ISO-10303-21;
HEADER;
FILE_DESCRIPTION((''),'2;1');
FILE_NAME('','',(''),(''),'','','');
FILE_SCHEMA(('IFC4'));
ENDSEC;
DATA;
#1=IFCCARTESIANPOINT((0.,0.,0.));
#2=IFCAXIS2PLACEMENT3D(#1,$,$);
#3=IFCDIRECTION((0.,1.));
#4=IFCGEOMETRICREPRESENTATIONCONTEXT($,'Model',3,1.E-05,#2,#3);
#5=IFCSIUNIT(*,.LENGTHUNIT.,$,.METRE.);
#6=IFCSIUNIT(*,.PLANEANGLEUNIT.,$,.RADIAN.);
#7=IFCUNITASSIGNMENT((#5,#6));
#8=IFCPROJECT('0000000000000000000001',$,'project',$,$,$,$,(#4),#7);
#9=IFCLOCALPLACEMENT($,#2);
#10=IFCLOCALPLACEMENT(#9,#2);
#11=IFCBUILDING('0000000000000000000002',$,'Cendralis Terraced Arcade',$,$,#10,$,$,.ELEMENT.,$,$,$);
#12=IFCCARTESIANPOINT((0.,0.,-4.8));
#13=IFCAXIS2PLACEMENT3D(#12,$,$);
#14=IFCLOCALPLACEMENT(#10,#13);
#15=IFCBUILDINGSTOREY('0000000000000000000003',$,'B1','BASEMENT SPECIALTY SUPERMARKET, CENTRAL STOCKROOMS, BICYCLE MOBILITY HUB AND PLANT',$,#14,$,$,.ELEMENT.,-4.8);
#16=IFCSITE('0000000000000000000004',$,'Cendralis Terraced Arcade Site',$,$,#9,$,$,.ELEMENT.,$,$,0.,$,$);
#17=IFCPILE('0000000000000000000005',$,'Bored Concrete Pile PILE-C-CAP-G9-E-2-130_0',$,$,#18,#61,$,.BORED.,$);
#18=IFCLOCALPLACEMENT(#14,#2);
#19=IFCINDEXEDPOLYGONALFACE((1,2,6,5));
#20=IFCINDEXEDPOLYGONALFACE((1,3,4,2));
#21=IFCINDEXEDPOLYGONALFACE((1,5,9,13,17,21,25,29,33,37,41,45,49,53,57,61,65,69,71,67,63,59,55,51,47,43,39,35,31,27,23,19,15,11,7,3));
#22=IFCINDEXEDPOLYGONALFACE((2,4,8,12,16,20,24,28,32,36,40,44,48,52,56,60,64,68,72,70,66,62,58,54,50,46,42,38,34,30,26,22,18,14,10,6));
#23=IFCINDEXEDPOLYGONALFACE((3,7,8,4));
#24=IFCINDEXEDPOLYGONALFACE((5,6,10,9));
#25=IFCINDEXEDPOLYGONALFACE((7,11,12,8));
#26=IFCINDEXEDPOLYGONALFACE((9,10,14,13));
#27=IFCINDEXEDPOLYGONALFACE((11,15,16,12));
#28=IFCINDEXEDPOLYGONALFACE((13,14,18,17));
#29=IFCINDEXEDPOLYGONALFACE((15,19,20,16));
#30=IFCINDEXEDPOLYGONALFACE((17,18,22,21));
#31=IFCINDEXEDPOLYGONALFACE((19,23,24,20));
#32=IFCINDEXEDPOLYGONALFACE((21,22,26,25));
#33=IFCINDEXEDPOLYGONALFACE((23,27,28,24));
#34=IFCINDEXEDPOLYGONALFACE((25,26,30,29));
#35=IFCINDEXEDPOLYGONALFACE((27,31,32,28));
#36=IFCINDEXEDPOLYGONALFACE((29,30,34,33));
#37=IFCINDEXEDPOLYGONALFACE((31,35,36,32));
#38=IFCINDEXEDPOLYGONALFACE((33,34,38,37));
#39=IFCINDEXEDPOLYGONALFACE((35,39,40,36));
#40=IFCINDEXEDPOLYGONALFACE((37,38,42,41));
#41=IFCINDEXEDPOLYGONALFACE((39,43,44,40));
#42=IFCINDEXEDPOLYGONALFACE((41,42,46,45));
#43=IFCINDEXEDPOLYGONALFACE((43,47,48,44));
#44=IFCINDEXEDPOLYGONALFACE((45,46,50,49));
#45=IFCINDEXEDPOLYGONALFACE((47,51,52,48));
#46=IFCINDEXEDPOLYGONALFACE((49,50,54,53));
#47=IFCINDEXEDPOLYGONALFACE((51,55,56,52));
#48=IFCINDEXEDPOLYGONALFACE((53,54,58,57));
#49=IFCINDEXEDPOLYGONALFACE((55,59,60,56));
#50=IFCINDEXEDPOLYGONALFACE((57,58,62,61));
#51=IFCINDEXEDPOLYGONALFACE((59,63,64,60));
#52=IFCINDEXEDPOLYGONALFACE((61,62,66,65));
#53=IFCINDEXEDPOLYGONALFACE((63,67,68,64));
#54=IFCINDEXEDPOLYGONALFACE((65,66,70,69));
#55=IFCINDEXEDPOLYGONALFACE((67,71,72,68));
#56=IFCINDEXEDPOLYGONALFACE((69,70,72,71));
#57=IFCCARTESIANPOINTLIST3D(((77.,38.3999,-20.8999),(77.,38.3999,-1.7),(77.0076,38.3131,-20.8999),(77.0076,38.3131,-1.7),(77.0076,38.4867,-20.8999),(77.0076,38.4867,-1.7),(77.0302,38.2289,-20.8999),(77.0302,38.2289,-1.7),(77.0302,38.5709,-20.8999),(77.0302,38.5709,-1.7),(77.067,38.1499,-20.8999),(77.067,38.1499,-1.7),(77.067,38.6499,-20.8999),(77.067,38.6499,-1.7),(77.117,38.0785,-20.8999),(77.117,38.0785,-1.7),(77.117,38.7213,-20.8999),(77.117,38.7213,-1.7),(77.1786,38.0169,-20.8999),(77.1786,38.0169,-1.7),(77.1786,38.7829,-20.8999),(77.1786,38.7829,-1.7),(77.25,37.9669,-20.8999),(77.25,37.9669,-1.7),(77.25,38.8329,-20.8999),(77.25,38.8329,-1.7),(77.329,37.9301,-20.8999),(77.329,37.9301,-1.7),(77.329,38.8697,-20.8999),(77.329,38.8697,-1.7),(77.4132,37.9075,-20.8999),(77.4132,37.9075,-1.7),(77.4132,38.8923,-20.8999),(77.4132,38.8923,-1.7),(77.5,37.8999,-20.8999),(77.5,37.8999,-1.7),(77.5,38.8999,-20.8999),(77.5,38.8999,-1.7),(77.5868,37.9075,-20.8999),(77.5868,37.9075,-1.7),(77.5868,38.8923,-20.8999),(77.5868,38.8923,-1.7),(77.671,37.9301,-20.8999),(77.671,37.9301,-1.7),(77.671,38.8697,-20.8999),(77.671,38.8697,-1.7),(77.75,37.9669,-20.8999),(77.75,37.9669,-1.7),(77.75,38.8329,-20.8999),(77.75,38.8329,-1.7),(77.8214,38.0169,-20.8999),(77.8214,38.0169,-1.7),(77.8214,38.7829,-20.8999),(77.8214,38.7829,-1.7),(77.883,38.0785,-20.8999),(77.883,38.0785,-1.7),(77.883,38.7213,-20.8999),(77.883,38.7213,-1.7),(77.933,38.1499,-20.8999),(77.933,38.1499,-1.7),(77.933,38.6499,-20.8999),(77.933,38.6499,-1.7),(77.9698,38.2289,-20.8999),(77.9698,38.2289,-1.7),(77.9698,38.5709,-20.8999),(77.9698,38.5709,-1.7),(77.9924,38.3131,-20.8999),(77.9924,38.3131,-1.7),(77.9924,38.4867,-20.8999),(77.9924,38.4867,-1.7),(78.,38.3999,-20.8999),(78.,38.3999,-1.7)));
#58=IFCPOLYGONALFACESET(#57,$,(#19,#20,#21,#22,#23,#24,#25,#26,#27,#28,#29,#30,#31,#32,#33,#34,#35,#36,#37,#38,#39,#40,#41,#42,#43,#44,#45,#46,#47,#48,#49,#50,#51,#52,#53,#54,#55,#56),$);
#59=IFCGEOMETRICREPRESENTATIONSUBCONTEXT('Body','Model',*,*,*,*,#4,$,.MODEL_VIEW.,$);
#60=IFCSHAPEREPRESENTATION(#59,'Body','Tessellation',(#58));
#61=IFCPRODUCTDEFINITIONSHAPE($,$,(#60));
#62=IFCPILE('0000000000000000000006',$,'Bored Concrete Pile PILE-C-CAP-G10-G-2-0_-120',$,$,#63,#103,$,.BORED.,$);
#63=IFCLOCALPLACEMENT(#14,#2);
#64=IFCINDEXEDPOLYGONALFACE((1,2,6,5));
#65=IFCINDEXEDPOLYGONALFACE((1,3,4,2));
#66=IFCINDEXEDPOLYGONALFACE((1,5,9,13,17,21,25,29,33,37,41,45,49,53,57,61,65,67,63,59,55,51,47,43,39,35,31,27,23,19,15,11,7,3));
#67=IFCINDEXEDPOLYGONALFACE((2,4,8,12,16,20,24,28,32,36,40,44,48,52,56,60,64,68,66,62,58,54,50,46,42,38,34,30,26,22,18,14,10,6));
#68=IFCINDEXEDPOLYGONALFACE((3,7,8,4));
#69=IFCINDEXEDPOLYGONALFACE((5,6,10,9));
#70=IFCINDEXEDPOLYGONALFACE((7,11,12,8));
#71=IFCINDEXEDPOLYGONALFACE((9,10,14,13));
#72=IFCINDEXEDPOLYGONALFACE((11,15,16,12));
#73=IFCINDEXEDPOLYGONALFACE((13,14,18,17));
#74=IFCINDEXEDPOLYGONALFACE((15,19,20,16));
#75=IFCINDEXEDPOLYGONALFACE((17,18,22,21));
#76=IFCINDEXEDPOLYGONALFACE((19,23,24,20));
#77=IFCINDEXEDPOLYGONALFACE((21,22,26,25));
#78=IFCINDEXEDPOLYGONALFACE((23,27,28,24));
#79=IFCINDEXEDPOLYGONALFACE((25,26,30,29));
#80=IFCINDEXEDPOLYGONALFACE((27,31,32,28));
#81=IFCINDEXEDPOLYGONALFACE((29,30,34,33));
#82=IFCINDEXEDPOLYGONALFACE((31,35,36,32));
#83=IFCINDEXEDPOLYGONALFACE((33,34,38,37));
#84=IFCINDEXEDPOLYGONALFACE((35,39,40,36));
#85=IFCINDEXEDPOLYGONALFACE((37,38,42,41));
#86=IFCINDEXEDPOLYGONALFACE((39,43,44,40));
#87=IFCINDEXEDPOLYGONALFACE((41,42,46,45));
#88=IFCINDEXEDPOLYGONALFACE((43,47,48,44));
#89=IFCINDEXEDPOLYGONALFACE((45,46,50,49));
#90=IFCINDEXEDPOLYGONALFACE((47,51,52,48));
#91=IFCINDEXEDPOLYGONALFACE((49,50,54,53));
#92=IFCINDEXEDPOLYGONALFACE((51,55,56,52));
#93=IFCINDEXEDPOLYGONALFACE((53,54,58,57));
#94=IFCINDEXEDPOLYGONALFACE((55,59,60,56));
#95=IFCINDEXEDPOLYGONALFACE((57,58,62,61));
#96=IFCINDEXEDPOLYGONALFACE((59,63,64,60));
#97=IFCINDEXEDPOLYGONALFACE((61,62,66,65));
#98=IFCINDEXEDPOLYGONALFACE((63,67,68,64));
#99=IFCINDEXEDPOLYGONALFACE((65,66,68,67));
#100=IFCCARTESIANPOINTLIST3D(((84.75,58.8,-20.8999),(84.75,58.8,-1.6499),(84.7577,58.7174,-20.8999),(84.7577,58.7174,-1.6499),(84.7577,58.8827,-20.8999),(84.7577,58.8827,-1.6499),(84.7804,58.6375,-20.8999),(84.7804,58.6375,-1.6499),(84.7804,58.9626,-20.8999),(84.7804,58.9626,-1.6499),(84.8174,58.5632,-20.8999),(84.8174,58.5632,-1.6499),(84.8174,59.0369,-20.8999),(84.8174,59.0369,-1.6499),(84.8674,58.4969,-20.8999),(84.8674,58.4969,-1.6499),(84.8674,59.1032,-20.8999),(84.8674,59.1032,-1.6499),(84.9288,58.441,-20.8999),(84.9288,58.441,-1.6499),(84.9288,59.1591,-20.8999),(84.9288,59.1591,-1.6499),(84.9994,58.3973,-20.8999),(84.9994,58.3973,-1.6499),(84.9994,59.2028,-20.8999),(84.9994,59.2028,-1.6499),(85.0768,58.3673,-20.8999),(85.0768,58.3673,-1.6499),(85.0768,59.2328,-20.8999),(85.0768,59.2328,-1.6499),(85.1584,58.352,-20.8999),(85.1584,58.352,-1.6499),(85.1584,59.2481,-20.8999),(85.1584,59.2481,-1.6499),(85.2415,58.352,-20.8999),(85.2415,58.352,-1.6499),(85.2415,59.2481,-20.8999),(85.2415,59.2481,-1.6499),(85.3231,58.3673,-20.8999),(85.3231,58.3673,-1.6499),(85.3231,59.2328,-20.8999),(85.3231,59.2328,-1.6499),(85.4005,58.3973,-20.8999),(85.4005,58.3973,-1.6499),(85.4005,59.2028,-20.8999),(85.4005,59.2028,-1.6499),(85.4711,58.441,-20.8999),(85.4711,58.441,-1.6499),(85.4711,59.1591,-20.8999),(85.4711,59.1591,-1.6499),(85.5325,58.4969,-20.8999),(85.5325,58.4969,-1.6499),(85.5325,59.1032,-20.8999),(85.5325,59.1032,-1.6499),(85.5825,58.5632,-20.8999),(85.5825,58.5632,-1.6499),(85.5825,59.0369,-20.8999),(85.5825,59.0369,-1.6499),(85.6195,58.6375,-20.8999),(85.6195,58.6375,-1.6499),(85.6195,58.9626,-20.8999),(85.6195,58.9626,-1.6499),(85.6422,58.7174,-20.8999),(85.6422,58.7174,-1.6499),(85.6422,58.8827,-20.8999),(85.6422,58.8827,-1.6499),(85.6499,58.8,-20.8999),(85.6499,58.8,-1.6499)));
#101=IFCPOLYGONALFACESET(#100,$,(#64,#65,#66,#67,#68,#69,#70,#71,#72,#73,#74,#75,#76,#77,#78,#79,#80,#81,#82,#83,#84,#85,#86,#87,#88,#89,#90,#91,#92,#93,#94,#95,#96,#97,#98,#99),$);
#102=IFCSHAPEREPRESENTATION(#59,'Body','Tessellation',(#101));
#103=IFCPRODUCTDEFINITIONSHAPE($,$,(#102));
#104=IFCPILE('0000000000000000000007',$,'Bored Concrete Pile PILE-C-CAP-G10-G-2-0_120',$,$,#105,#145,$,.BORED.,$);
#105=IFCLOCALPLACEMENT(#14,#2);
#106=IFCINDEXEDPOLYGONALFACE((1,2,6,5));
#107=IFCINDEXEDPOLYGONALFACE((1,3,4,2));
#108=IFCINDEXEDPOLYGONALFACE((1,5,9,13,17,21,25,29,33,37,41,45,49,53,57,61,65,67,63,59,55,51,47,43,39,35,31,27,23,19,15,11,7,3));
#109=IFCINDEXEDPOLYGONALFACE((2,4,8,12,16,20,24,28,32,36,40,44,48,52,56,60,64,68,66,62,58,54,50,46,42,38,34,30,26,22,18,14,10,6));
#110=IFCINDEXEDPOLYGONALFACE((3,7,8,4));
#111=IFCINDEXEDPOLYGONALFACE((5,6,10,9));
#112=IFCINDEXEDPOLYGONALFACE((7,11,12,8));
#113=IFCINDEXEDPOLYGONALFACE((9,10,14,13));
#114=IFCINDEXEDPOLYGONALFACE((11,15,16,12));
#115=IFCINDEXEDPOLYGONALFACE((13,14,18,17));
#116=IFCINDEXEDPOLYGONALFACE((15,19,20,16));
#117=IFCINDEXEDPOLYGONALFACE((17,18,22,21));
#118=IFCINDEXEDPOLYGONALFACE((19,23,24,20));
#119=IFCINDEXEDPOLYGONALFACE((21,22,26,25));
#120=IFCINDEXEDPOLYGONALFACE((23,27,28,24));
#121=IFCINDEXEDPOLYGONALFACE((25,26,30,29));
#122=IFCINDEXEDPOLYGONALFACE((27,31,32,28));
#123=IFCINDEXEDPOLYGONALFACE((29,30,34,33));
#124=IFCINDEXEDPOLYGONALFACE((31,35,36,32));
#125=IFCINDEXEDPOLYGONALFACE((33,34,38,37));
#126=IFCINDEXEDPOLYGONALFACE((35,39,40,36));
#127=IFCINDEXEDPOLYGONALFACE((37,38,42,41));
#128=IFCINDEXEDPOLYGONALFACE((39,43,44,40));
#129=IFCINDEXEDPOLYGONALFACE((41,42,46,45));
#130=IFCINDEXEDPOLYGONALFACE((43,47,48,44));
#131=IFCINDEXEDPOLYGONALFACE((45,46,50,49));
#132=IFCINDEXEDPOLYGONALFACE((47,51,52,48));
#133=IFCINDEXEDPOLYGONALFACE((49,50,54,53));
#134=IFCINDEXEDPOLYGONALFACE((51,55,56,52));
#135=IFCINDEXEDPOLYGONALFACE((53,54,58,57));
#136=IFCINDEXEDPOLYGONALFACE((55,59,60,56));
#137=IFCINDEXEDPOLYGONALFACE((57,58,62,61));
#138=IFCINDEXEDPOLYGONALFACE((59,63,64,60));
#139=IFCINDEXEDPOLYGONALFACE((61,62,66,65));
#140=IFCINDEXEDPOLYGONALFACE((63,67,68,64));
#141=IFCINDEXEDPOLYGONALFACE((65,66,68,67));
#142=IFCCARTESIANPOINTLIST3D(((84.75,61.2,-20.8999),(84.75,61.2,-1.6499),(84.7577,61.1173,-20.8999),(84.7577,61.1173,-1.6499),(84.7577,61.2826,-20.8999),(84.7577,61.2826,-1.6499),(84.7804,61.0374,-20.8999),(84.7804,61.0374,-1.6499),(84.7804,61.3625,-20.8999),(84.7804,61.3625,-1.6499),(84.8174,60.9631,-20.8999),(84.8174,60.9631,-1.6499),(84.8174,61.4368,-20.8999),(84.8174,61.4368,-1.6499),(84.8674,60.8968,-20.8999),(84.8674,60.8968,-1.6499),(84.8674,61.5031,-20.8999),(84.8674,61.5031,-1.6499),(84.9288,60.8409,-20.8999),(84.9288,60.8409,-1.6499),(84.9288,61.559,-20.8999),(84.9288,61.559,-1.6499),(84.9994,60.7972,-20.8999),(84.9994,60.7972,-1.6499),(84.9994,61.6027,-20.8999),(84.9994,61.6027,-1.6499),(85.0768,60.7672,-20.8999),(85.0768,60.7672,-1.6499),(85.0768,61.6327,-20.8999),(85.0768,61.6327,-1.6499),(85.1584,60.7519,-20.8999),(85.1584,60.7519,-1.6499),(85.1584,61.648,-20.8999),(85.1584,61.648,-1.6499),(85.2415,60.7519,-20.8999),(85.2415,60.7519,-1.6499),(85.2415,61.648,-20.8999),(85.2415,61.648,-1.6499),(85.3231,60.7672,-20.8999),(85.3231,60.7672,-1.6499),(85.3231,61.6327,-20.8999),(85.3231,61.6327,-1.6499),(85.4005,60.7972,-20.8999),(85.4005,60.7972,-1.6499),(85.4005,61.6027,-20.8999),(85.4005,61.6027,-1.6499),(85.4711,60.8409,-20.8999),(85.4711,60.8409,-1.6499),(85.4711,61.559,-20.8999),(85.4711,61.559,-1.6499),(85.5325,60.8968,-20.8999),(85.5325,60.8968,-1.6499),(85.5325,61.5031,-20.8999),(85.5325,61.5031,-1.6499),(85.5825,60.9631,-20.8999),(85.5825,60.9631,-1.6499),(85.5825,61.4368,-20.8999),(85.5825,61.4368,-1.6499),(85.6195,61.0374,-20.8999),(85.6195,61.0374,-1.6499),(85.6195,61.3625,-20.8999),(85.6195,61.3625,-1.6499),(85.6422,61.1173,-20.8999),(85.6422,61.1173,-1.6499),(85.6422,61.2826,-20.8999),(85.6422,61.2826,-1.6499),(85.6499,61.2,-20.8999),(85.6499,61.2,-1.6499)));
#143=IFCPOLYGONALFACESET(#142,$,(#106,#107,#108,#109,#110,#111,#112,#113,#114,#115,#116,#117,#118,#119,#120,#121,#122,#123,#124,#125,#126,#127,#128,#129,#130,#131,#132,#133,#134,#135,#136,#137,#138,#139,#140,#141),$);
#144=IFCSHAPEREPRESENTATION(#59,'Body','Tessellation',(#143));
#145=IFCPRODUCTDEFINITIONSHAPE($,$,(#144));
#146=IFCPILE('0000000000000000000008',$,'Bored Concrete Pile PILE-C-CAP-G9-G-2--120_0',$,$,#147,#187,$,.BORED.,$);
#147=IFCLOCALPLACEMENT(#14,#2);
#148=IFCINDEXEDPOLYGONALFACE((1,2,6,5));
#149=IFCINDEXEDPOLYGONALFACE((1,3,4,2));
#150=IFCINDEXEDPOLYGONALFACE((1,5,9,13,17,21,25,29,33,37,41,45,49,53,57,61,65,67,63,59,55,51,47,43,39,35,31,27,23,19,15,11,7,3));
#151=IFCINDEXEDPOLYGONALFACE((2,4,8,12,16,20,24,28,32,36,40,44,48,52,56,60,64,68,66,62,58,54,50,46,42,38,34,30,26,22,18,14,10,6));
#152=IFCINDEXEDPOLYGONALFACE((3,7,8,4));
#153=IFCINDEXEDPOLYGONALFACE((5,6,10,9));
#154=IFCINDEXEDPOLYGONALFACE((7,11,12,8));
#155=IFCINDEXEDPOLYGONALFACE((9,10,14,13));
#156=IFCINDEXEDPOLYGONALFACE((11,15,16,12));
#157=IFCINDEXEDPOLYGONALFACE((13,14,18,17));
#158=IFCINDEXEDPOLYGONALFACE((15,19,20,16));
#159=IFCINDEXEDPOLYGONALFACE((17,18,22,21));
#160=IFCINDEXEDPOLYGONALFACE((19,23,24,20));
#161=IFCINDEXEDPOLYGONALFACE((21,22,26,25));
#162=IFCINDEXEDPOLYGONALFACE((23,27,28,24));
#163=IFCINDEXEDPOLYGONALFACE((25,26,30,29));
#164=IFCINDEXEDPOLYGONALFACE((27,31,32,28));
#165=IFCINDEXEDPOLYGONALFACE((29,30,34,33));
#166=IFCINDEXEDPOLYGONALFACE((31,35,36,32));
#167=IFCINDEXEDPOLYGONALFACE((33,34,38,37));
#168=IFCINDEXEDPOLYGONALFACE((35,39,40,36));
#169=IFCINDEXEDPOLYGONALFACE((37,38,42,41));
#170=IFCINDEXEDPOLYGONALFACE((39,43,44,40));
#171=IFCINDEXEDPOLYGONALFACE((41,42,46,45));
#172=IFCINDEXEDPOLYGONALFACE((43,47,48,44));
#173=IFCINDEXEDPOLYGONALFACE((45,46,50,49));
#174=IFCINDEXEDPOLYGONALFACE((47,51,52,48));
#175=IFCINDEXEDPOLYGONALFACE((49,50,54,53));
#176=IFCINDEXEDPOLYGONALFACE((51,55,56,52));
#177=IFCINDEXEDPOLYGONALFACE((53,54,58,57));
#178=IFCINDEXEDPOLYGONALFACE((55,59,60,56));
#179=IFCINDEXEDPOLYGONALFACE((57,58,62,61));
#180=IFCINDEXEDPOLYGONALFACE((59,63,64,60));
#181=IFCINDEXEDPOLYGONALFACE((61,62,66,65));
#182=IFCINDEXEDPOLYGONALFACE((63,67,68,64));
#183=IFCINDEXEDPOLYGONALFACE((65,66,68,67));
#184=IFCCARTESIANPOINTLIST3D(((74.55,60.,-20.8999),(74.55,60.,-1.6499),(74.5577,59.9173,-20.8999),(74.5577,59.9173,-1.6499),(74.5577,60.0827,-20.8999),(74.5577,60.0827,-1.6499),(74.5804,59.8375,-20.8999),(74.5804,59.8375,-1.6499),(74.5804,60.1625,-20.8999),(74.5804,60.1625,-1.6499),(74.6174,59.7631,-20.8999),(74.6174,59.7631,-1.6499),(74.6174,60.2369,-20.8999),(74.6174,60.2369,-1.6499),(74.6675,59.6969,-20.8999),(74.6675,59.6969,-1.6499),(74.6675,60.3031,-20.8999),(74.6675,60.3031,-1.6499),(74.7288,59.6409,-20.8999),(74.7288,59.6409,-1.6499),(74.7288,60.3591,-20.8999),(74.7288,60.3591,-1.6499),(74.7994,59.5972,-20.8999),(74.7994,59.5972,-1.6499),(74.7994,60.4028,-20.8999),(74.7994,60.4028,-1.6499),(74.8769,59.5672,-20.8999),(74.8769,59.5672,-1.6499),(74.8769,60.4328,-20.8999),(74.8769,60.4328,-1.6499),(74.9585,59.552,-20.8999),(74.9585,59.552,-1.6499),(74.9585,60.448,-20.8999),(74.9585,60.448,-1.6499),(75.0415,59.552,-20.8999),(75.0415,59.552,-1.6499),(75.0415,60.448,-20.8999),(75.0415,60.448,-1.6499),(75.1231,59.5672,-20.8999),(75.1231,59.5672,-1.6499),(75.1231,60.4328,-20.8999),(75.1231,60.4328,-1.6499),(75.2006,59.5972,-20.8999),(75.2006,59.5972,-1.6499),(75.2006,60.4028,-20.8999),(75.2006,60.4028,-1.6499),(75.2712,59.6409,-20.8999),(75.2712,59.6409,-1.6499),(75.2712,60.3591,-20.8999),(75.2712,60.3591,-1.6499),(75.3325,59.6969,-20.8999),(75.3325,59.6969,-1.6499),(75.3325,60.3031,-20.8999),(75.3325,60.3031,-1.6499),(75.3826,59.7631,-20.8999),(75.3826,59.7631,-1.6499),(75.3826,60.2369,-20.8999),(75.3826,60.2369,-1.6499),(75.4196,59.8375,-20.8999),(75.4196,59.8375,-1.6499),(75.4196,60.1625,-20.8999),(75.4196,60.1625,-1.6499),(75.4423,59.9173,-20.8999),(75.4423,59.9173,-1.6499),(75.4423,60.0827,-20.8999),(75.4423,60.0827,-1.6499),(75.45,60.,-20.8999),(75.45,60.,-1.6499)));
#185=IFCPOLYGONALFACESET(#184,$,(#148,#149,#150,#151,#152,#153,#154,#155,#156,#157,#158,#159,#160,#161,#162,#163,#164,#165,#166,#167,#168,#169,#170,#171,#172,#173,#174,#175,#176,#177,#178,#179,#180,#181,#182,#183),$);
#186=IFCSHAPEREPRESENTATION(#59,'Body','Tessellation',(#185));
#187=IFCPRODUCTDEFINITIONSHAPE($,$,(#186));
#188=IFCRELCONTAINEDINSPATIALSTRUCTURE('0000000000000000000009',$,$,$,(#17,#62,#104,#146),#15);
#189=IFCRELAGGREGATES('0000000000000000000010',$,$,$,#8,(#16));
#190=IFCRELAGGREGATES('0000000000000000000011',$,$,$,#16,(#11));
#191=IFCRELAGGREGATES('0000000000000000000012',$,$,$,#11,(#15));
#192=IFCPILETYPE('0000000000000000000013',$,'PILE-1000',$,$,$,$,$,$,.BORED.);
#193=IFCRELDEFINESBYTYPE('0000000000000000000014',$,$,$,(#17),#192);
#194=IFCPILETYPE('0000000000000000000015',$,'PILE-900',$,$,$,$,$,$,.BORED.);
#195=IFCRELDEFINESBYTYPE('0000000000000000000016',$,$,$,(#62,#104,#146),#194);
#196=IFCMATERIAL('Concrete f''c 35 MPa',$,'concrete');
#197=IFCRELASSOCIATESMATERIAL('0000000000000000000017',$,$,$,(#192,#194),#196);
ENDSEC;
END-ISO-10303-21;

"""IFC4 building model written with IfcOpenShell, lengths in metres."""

from ifc_helpers import new_model, si_unit, direction, frame, origin, origin_2d, place, context, subcontext, project, spatial, circle, extrude, material, material_profile, profile_set, type_object, element, save


model = new_model("IFC4")

# Units and contexts
model_context = context("Model", 3, precision=1e-05, world=origin(), true_north=direction((0.0, 1.0)))
body_context = subcontext(model_context, "Body", "Model", "MODEL_VIEW")
ifc_project = project(units=[si_unit("LENGTHUNIT", "METRE"), si_unit("PLANEANGLEUNIT", "RADIAN")], contexts=[model_context])

# Site, building, storey
site_placement = place(None, origin())
site = spatial("IfcSite", under=ifc_project, at=site_placement, Name="Cendralis Terraced Arcade Site", CompositionType="ELEMENT", RefElevation=0.0)
building_placement = place(site_placement, origin())
building = spatial("IfcBuilding", under=site, at=building_placement, Name="Cendralis Terraced Arcade", CompositionType="ELEMENT")
storey_placement = place(building_placement, frame((0.0, 0.0, -4.8)))
storey = spatial("IfcBuildingStorey", under=building, at=storey_placement, Name="B1", Description="BASEMENT SPECIALTY SUPERMARKET, CENTRAL STOCKROOMS, BICYCLE MOBILITY HUB AND PLANT", CompositionType="ELEMENT", Elevation=-4.8)

# Shared definitions
ifc_material_1 = material(Name="Concrete f'c 35 MPa", Category="concrete")

# Piles
ifc_material_profile_1 = material_profile(ifc_material_1, circle(Radius=0.5, at=origin_2d()), Name="PILE-D1000", Category="LoadBearing")
ifc_profile_set_1 = profile_set([ifc_material_profile_1], Name="Concrete f'c 35 MPa")
pile_type_1 = type_object("IfcPileType", Name="PILE-1000", PredefinedType="BORED", material=ifc_profile_set_1)
for number, where, z_axis, x_axis, name in (
    (1, (77.5, 38.3999, -1.7), (0.0, 0.0, -1.0), (1.0, 0.0, 0.0), "Bored Concrete Pile PILE-C-CAP-G9-E-2-130_0"),
):
    element("IfcPile", number, at=place(storey_placement, frame(where, z_axis=z_axis, x_axis=x_axis)), inside=storey, type_object=pile_type_1, Name=name, PredefinedType="BORED", context=body_context, shape_type="SweptSolid", body=[
        extrude(circle(Radius=0.5, at=origin_2d()), origin(), (0.0, 0.0, 1.0), 19.2),
    ])
ifc_material_profile_2 = material_profile(ifc_material_1, circle(Radius=0.45, at=origin_2d()), Name="PILE-D900", Category="LoadBearing")
ifc_profile_set_2 = profile_set([ifc_material_profile_2], Name="Concrete f'c 35 MPa")
pile_type_2 = type_object("IfcPileType", Name="PILE-900", PredefinedType="BORED", material=ifc_profile_set_2)
for number, where, z_axis, x_axis, name in (
    (2, (85.2, 58.8, -1.6499), (0.0, 0.0, -1.0), (1.0, 0.0, 0.0), "Bored Concrete Pile PILE-C-CAP-G10-G-2-0_-120"),
    (3, (85.2, 61.2, -1.6499), (0.0, 0.0, -1.0), (1.0, 0.0, 0.0), "Bored Concrete Pile PILE-C-CAP-G10-G-2-0_120"),
    (4, (75.0, 60.0, -1.6499), (0.0, 0.0, -1.0), (1.0, 0.0, 0.0), "Bored Concrete Pile PILE-C-CAP-G9-G-2--120_0"),
):
    element("IfcPile", number, at=place(storey_placement, frame(where, z_axis=z_axis, x_axis=x_axis)), inside=storey, type_object=pile_type_2, Name=name, PredefinedType="BORED", context=body_context, shape_type="SweptSolid", body=[
        extrude(circle(Radius=0.45, at=origin_2d()), origin(), (0.0, 0.0, 1.0), 19.25),
    ])

save(model, "model.ifc")
